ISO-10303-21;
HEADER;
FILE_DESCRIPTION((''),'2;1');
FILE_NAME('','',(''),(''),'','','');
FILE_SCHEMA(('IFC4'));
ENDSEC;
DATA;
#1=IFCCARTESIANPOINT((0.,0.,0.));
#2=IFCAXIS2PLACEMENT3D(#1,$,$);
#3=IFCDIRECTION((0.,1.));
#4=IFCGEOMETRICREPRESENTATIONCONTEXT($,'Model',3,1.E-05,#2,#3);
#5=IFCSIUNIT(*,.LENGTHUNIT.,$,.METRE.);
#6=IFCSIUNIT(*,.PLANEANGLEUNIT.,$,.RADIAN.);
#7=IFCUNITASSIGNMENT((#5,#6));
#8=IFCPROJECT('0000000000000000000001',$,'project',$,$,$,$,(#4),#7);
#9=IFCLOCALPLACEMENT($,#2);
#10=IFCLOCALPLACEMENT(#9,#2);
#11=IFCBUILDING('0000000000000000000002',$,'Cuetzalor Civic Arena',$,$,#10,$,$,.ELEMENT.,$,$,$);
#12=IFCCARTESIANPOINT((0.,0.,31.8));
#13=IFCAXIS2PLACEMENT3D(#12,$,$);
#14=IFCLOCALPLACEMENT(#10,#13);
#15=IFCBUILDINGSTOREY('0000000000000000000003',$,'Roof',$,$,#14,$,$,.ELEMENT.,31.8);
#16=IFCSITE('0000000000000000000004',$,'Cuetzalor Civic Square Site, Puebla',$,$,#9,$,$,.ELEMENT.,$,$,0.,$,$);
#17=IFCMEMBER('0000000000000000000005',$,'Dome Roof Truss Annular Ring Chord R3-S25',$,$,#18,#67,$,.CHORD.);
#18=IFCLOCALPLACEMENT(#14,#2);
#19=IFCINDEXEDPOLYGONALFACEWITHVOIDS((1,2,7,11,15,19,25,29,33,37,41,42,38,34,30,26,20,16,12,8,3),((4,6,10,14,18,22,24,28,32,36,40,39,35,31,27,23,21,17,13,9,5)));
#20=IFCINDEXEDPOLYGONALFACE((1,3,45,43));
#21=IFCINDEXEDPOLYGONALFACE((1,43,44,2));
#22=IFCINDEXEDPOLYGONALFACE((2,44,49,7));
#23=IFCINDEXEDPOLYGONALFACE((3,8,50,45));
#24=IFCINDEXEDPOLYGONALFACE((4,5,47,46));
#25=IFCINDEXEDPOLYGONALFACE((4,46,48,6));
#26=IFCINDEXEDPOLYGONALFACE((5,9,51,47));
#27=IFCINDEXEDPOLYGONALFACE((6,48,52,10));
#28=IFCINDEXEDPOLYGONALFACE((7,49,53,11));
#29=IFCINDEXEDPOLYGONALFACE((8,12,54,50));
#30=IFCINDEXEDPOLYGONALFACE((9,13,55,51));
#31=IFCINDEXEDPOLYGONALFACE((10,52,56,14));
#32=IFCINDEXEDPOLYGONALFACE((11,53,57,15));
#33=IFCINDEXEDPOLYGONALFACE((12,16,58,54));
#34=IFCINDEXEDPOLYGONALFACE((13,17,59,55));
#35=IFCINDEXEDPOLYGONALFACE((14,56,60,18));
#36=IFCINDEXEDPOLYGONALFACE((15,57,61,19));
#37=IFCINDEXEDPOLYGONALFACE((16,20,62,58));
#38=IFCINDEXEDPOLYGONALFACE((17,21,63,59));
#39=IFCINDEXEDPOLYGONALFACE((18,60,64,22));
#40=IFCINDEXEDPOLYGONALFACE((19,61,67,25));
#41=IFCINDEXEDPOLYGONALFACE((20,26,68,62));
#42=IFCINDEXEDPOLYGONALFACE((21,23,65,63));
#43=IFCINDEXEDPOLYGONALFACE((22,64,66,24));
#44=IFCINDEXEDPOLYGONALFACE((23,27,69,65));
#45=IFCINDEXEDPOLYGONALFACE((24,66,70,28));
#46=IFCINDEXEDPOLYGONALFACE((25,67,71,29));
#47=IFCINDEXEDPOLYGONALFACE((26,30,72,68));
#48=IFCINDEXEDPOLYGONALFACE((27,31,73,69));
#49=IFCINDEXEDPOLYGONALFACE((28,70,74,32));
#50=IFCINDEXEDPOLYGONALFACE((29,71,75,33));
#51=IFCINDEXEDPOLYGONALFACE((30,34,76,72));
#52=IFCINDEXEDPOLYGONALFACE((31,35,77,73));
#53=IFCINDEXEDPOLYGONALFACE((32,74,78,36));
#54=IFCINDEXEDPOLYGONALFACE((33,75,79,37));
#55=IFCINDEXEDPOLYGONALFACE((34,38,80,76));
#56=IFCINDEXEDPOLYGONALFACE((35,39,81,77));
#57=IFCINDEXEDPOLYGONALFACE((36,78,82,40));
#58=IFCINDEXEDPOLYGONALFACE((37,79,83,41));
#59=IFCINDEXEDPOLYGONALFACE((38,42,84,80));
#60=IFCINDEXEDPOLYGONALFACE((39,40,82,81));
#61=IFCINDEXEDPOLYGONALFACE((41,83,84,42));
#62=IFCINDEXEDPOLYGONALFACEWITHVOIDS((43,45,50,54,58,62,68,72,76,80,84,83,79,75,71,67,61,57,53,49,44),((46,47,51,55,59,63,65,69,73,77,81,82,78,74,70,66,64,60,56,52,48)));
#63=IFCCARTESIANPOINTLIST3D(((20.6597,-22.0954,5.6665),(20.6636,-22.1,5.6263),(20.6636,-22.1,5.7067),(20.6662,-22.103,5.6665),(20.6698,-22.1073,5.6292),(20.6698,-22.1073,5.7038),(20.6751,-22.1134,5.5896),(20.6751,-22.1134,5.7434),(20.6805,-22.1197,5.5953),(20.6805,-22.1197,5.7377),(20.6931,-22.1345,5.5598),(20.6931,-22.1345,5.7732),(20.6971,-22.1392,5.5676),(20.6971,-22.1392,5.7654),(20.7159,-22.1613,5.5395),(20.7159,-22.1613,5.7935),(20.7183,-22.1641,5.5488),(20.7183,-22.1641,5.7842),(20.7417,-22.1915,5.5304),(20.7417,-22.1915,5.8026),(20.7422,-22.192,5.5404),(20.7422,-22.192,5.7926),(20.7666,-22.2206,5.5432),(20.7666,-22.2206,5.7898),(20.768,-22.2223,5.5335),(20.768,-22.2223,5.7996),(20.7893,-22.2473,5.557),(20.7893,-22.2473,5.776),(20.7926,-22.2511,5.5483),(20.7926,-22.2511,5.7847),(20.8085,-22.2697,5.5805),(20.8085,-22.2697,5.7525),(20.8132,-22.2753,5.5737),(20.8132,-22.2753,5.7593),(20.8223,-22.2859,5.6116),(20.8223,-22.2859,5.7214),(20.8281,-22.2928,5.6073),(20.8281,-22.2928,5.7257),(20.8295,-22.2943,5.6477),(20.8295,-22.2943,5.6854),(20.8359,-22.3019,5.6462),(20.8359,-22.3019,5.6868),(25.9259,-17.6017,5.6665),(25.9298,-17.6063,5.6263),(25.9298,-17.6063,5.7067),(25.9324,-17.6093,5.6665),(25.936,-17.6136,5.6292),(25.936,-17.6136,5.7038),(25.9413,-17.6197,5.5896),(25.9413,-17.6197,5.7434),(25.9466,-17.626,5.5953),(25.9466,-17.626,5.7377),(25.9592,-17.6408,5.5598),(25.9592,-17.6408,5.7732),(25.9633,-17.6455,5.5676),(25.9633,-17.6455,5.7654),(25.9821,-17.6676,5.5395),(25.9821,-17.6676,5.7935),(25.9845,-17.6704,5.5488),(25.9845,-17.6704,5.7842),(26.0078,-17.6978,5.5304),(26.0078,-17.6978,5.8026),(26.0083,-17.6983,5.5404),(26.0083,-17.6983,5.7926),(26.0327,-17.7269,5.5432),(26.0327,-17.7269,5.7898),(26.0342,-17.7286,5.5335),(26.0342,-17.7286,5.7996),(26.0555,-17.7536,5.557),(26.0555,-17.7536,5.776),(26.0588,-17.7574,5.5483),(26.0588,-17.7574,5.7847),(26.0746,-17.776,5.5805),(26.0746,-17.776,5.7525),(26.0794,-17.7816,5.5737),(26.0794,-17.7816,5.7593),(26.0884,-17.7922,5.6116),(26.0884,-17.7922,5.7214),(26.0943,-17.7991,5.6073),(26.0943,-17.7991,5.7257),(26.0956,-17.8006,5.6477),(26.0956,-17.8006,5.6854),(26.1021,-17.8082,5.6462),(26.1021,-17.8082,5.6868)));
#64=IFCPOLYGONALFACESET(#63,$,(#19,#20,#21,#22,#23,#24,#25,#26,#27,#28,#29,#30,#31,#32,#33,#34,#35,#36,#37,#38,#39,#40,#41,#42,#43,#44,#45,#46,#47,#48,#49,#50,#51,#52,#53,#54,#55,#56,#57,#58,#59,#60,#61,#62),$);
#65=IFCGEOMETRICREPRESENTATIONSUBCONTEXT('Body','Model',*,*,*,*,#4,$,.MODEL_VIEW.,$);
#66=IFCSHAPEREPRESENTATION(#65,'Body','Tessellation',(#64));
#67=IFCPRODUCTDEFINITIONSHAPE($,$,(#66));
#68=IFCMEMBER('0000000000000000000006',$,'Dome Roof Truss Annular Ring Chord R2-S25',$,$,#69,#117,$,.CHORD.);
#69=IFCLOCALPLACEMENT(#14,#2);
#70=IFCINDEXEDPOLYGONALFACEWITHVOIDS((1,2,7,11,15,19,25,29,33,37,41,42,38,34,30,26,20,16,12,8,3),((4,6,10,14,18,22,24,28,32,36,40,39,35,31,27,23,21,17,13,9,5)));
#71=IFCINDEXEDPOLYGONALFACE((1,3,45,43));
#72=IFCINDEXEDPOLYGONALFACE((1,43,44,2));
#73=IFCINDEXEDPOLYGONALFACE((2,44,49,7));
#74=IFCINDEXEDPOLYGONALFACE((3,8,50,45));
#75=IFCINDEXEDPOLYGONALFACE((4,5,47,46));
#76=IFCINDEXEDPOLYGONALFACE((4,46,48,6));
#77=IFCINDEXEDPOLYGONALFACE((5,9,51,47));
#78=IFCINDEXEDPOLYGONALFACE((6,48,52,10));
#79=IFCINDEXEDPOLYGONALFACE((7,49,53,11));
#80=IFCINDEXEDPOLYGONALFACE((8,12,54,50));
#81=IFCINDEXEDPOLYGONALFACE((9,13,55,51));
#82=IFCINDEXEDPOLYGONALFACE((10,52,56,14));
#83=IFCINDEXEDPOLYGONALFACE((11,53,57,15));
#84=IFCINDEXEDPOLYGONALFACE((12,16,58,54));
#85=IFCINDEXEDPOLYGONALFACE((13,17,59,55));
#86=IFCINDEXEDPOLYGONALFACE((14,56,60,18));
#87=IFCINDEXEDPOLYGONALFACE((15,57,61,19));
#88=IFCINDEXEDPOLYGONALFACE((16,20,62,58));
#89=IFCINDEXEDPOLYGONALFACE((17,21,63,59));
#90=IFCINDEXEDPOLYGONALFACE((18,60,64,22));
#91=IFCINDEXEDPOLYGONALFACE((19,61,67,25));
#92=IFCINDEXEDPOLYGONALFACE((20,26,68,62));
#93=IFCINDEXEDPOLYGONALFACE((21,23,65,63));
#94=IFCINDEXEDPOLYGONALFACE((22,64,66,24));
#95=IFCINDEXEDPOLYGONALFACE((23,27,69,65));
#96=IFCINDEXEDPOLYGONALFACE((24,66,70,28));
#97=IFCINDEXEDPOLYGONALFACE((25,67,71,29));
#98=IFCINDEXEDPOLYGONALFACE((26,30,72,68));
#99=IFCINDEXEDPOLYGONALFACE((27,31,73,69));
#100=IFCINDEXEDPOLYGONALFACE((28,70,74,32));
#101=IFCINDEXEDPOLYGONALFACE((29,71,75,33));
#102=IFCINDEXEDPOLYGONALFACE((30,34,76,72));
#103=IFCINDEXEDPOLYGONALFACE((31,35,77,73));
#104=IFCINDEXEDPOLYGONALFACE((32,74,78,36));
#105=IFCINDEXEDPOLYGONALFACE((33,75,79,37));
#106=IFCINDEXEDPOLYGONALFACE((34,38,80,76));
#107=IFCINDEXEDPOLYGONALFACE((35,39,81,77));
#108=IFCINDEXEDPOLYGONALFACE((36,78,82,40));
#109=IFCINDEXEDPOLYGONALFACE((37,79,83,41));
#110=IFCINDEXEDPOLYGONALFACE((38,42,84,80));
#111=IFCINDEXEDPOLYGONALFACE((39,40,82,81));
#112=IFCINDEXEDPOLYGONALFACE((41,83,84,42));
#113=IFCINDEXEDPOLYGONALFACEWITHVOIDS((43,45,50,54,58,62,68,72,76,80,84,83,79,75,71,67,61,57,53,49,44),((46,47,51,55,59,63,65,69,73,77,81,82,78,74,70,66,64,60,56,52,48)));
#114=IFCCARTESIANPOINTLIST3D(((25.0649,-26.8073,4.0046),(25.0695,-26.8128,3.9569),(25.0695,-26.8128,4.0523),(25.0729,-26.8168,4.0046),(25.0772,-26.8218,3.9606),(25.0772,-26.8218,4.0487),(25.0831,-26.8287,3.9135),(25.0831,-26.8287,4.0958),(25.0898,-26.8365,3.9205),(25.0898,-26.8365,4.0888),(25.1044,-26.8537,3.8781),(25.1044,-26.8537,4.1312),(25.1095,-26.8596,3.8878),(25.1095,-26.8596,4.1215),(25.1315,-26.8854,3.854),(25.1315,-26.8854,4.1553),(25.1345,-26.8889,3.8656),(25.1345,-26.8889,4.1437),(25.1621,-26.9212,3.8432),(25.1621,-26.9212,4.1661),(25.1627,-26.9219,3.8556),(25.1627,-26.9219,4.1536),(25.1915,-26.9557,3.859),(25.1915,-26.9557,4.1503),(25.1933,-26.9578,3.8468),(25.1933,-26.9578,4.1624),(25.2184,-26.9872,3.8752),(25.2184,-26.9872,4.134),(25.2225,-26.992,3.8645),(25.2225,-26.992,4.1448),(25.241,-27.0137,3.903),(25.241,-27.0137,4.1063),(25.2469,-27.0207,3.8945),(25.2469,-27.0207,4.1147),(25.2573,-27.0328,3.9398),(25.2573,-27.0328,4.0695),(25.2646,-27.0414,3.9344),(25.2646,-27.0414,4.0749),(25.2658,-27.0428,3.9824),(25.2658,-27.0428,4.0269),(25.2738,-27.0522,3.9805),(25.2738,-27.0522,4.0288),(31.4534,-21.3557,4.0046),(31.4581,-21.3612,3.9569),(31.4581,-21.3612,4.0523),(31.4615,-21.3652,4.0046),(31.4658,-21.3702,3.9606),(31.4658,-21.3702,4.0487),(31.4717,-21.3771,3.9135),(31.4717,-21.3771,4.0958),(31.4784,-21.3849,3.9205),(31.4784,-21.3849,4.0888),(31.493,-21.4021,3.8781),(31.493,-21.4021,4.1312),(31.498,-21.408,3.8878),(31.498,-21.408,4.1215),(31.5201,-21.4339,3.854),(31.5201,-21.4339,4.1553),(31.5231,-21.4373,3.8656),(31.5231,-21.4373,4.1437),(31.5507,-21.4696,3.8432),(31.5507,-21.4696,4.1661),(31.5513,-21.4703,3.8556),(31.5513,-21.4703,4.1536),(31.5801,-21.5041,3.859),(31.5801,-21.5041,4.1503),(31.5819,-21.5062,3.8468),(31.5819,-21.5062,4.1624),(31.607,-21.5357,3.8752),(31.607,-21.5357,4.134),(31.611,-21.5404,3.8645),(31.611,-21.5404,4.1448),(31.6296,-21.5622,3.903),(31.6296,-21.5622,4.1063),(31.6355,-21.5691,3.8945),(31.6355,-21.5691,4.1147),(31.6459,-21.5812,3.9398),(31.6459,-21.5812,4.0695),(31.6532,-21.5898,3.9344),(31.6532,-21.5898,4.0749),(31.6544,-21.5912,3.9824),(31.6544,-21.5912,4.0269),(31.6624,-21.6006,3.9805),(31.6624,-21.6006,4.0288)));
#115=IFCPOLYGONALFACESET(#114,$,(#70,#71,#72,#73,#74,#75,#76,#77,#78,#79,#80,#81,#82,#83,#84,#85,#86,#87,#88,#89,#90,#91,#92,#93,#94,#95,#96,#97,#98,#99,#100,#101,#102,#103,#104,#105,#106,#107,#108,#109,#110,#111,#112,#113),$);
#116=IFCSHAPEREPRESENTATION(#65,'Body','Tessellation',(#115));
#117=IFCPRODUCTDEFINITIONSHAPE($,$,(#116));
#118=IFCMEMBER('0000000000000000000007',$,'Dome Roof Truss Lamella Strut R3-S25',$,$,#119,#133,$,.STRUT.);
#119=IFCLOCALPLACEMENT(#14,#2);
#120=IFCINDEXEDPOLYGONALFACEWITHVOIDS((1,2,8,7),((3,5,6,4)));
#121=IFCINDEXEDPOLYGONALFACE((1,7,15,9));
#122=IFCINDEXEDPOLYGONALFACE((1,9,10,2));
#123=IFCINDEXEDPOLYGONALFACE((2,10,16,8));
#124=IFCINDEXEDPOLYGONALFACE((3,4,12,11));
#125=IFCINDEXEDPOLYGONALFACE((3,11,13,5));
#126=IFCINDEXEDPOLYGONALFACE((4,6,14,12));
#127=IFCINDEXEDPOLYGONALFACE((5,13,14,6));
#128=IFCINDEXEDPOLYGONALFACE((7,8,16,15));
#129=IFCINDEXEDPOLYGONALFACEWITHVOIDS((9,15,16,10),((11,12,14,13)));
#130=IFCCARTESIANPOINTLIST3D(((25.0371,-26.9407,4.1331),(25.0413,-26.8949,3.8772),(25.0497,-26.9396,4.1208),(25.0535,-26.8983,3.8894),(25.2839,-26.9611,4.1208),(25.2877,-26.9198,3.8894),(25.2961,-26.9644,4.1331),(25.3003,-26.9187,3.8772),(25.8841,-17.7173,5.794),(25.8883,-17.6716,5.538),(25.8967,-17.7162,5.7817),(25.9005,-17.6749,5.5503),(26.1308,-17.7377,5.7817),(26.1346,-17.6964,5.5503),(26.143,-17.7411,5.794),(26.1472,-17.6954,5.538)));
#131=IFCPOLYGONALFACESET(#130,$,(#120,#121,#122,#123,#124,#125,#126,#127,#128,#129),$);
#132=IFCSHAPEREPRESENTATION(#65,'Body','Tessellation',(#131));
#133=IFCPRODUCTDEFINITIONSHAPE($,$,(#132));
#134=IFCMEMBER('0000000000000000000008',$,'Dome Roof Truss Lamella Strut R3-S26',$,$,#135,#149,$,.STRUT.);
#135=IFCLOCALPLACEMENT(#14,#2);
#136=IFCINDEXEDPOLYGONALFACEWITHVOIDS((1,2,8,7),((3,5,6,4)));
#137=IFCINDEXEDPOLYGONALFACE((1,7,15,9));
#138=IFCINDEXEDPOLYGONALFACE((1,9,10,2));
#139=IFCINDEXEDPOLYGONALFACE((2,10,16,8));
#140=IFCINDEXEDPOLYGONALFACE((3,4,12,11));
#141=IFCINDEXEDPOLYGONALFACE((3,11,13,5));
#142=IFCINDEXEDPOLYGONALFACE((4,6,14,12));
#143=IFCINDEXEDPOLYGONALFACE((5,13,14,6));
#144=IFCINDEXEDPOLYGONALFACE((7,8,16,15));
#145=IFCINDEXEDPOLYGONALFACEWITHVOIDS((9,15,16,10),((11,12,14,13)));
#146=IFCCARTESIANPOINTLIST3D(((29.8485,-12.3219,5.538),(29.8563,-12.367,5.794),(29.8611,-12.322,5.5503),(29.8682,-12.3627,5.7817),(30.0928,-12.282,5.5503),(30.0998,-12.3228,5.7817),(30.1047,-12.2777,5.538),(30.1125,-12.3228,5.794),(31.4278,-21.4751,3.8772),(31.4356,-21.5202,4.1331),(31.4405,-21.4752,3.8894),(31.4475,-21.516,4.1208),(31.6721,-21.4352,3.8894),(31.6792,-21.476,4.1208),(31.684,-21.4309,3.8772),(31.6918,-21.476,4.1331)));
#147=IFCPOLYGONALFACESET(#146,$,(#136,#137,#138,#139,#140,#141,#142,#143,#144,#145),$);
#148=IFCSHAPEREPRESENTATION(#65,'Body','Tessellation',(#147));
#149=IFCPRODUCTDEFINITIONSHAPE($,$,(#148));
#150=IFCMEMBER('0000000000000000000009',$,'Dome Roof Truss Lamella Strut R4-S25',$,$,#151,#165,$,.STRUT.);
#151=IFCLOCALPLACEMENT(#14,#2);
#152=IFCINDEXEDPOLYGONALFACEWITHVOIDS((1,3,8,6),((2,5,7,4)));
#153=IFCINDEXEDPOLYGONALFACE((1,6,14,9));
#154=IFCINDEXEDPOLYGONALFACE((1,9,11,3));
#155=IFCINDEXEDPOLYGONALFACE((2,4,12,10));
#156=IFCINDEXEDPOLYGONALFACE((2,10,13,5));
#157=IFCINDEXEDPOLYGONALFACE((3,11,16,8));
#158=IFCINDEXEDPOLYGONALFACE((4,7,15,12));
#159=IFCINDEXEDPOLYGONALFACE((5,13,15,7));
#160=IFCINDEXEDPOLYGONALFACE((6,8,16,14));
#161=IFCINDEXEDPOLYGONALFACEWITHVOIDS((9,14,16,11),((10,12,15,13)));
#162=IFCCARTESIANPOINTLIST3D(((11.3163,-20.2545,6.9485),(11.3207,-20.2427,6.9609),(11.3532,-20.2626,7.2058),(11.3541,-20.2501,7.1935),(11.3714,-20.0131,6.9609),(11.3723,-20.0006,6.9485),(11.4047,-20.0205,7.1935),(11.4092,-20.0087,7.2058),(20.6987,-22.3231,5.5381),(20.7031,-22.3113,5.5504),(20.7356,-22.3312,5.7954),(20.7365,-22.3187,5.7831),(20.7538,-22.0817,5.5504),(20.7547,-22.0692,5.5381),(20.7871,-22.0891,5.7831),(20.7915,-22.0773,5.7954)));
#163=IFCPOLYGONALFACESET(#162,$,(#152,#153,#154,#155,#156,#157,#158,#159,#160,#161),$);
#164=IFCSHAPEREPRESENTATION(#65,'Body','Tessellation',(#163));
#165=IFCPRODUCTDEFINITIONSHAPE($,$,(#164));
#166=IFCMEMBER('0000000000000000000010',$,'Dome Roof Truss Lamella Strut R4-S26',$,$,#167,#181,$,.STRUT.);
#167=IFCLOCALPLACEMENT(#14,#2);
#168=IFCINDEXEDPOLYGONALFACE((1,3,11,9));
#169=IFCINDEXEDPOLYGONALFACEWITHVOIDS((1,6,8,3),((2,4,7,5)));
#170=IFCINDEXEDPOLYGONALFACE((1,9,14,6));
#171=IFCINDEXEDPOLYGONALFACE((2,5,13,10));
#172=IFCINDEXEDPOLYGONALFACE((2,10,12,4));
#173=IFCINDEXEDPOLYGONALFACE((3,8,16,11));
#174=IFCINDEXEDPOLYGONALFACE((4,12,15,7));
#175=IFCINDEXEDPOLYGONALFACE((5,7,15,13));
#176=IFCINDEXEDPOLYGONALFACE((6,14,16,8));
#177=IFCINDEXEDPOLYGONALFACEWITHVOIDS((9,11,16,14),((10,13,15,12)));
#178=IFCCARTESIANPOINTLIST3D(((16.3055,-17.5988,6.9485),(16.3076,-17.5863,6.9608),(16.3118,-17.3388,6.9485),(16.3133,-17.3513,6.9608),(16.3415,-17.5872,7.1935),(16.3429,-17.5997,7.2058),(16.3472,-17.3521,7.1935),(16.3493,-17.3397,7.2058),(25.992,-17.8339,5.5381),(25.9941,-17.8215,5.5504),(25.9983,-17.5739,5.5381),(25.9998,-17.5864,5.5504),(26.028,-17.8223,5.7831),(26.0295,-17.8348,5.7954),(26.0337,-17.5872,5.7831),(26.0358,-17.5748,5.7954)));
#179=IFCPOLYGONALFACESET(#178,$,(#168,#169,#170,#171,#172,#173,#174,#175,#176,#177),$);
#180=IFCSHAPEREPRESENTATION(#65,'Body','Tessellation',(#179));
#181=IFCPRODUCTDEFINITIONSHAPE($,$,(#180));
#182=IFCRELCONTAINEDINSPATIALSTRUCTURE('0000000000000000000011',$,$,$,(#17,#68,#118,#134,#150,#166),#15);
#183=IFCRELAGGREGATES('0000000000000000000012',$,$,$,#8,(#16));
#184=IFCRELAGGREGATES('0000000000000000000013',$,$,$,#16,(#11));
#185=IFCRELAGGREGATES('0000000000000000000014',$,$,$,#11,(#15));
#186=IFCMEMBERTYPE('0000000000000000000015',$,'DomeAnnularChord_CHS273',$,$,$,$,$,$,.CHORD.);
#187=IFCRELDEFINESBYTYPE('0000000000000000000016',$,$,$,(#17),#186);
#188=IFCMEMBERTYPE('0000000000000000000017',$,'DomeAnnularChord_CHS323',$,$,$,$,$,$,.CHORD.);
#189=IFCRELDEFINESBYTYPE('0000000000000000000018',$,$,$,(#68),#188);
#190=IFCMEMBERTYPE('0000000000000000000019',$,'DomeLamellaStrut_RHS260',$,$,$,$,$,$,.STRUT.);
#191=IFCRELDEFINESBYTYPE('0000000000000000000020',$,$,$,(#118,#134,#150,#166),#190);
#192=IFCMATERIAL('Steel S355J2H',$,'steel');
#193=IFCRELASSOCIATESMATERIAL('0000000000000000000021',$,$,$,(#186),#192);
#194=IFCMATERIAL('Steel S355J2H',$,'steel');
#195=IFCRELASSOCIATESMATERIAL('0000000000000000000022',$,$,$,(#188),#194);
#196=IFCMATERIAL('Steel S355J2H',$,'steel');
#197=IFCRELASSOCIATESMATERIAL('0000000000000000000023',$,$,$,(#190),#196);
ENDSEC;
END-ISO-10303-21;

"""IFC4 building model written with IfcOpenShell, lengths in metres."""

from ifc_helpers import new_model, si_unit, direction, frame, origin, origin_2d, place, context, subcontext, project, spatial, hollow_rectangle, hollow_circle, extrude, material, material_profile, profile_set, type_object, element, save


model = new_model("IFC4")

# Units and contexts
model_context = context("Model", 3, precision=1e-05, world=origin(), true_north=direction((0.0, 1.0)))
body_context = subcontext(model_context, "Body", "Model", "MODEL_VIEW")
ifc_project = project(units=[si_unit("LENGTHUNIT", "METRE"), si_unit("PLANEANGLEUNIT", "RADIAN")], contexts=[model_context])

# Site, building, storey
site_placement = place(None, origin())
site = spatial("IfcSite", under=ifc_project, at=site_placement, Name="Cuetzalor Civic Square Site, Puebla", CompositionType="ELEMENT", RefElevation=0.0)
building_placement = place(site_placement, origin())
building = spatial("IfcBuilding", under=site, at=building_placement, Name="Cuetzalor Civic Arena", CompositionType="ELEMENT")
storey_placement = place(building_placement, frame((0.0, 0.0, 31.8)))
storey = spatial("IfcBuildingStorey", under=building, at=storey_placement, Name="Roof", CompositionType="ELEMENT", Elevation=31.8)

# Members
ifc_material_1 = material(Name="Steel S355J2H", Category="steel")
ifc_material_profile_1 = material_profile(ifc_material_1, hollow_circle(Radius=0.1365, WallThickness=0.01, at=origin_2d()), Name="CHS 273x10")
ifc_profile_set_1 = profile_set([ifc_material_profile_1], Name="Steel S355J2H")
member_type_1 = type_object("IfcMemberType", Name="DomeAnnularChord_CHS273", PredefinedType="CHORD", material=ifc_profile_set_1)
member_1_placement = place(storey_placement, frame((20.7483, -22.1992, 5.6665), z_axis=(0.760694, 0.649111, 0.0), x_axis=(-0.649111, 0.760694, 0.0)))
element("IfcMember", 1, at=member_1_placement, inside=storey, type_object=member_type_1, Name="Dome Roof Truss Annular Ring Chord R3-S25", PredefinedType="CHORD", context=body_context, shape_type="SweptSolid", body=[
    extrude(hollow_circle(Radius=0.1365, WallThickness=0.01, at=origin_2d()), origin(), (0.0, 0.0, 1.0), 6.9229),
])
ifc_material_2 = material(Name="Steel S355J2H", Category="steel")
ifc_material_profile_2 = material_profile(ifc_material_2, hollow_circle(Radius=0.1619, WallThickness=0.0125, at=origin_2d()), Name="CHS 323.9x12.5")
ifc_profile_set_2 = profile_set([ifc_material_profile_2], Name="Steel S355J2H")
member_type_2 = type_object("IfcMemberType", Name="DomeAnnularChord_CHS323", PredefinedType="CHORD", material=ifc_profile_set_2)
member_2_placement = place(storey_placement, frame((25.1699, -26.9304, 4.0046), z_axis=(0.760687, 0.649119, 0.0), x_axis=(-0.649119, 0.760687, 0.0)))
element("IfcMember", 2, at=member_2_placement, inside=storey, type_object=member_type_2, Name="Dome Roof Truss Annular Ring Chord R2-S25", PredefinedType="CHORD", context=body_context, shape_type="SweptSolid", body=[
    extrude(hollow_circle(Radius=0.1619, WallThickness=0.0125, at=origin_2d()), origin(), (0.0, 0.0, 1.0), 8.3984),
])
ifc_material_3 = material(Name="Steel S355J2H", Category="steel")
ifc_material_profile_3 = material_profile(ifc_material_3, hollow_rectangle(XDim=0.26, YDim=0.26, WallThickness=0.0125, at=origin_2d()), Name="RHS 260x260x12.5")
ifc_profile_set_3 = profile_set([ifc_material_profile_3], Name="Steel S355J2H")
member_type_3 = type_object("IfcMemberType", Name="DomeLamellaStrut_RHS260", PredefinedType="STRUT", material=ifc_profile_set_3)
member_3_placement = place(storey_placement, frame((25.1687, -26.9297, 4.0051), z_axis=(0.090003, 0.980176, 0.176504), x_axis=(-0.995811, 0.091439, 0.0)))
element("IfcMember", 3, at=member_3_placement, inside=storey, type_object=member_type_3, Name="Dome Roof Truss Lamella Strut R3-S25", PredefinedType="STRUT", context=body_context, shape_type="SweptSolid", body=[
    extrude(hollow_rectangle(XDim=0.26, YDim=0.26, WallThickness=0.0125, at=origin_2d()), origin(), (0.0, 0.0, 1.0), 9.4099),
])
member_4_placement = place(storey_placement, frame((31.5598, -21.4756, 4.0051), z_axis=(-0.167376, 0.970053, 0.176018), x_axis=(-0.985439, -0.170031, 0.0)))
element("IfcMember", 4, at=member_4_placement, inside=storey, type_object=member_type_3, Name="Dome Roof Truss Lamella Strut R3-S26", PredefinedType="STRUT", context=body_context, shape_type="SweptSolid", body=[
    extrude(hollow_rectangle(XDim=0.26, YDim=0.26, WallThickness=0.0125, at=origin_2d()), origin(), (0.0, 0.0, 1.0), 9.4358),
])
member_5_placement = place(storey_placement, frame((20.7451, -22.2002, 5.6667), z_axis=(-0.966191, 0.213025, 0.145243), x_axis=(-0.215308, -0.976546, 0.0)))
element("IfcMember", 5, at=member_5_placement, inside=storey, type_object=member_type_3, Name="Dome Roof Truss Lamella Strut R4-S25", PredefinedType="STRUT", context=body_context, shape_type="SweptSolid", body=[
    extrude(hollow_rectangle(XDim=0.26, YDim=0.26, WallThickness=0.0125, at=origin_2d()), origin(), (0.0, 0.0, 1.0), 9.7107),
])
member_6_placement = place(storey_placement, frame((26.0139, -17.7043, 5.6667), z_axis=(-0.98928, 0.024011, 0.144044), x_axis=(-0.024264, -0.999706, 0.0)))
element("IfcMember", 6, at=member_6_placement, inside=storey, type_object=member_type_3, Name="Dome Roof Truss Lamella Strut R4-S26", PredefinedType="STRUT", context=body_context, shape_type="SweptSolid", body=[
    extrude(hollow_rectangle(XDim=0.26, YDim=0.26, WallThickness=0.0125, at=origin_2d()), origin(), (0.0, 0.0, 1.0), 9.7915),
])

save(model, "model.ifc")
